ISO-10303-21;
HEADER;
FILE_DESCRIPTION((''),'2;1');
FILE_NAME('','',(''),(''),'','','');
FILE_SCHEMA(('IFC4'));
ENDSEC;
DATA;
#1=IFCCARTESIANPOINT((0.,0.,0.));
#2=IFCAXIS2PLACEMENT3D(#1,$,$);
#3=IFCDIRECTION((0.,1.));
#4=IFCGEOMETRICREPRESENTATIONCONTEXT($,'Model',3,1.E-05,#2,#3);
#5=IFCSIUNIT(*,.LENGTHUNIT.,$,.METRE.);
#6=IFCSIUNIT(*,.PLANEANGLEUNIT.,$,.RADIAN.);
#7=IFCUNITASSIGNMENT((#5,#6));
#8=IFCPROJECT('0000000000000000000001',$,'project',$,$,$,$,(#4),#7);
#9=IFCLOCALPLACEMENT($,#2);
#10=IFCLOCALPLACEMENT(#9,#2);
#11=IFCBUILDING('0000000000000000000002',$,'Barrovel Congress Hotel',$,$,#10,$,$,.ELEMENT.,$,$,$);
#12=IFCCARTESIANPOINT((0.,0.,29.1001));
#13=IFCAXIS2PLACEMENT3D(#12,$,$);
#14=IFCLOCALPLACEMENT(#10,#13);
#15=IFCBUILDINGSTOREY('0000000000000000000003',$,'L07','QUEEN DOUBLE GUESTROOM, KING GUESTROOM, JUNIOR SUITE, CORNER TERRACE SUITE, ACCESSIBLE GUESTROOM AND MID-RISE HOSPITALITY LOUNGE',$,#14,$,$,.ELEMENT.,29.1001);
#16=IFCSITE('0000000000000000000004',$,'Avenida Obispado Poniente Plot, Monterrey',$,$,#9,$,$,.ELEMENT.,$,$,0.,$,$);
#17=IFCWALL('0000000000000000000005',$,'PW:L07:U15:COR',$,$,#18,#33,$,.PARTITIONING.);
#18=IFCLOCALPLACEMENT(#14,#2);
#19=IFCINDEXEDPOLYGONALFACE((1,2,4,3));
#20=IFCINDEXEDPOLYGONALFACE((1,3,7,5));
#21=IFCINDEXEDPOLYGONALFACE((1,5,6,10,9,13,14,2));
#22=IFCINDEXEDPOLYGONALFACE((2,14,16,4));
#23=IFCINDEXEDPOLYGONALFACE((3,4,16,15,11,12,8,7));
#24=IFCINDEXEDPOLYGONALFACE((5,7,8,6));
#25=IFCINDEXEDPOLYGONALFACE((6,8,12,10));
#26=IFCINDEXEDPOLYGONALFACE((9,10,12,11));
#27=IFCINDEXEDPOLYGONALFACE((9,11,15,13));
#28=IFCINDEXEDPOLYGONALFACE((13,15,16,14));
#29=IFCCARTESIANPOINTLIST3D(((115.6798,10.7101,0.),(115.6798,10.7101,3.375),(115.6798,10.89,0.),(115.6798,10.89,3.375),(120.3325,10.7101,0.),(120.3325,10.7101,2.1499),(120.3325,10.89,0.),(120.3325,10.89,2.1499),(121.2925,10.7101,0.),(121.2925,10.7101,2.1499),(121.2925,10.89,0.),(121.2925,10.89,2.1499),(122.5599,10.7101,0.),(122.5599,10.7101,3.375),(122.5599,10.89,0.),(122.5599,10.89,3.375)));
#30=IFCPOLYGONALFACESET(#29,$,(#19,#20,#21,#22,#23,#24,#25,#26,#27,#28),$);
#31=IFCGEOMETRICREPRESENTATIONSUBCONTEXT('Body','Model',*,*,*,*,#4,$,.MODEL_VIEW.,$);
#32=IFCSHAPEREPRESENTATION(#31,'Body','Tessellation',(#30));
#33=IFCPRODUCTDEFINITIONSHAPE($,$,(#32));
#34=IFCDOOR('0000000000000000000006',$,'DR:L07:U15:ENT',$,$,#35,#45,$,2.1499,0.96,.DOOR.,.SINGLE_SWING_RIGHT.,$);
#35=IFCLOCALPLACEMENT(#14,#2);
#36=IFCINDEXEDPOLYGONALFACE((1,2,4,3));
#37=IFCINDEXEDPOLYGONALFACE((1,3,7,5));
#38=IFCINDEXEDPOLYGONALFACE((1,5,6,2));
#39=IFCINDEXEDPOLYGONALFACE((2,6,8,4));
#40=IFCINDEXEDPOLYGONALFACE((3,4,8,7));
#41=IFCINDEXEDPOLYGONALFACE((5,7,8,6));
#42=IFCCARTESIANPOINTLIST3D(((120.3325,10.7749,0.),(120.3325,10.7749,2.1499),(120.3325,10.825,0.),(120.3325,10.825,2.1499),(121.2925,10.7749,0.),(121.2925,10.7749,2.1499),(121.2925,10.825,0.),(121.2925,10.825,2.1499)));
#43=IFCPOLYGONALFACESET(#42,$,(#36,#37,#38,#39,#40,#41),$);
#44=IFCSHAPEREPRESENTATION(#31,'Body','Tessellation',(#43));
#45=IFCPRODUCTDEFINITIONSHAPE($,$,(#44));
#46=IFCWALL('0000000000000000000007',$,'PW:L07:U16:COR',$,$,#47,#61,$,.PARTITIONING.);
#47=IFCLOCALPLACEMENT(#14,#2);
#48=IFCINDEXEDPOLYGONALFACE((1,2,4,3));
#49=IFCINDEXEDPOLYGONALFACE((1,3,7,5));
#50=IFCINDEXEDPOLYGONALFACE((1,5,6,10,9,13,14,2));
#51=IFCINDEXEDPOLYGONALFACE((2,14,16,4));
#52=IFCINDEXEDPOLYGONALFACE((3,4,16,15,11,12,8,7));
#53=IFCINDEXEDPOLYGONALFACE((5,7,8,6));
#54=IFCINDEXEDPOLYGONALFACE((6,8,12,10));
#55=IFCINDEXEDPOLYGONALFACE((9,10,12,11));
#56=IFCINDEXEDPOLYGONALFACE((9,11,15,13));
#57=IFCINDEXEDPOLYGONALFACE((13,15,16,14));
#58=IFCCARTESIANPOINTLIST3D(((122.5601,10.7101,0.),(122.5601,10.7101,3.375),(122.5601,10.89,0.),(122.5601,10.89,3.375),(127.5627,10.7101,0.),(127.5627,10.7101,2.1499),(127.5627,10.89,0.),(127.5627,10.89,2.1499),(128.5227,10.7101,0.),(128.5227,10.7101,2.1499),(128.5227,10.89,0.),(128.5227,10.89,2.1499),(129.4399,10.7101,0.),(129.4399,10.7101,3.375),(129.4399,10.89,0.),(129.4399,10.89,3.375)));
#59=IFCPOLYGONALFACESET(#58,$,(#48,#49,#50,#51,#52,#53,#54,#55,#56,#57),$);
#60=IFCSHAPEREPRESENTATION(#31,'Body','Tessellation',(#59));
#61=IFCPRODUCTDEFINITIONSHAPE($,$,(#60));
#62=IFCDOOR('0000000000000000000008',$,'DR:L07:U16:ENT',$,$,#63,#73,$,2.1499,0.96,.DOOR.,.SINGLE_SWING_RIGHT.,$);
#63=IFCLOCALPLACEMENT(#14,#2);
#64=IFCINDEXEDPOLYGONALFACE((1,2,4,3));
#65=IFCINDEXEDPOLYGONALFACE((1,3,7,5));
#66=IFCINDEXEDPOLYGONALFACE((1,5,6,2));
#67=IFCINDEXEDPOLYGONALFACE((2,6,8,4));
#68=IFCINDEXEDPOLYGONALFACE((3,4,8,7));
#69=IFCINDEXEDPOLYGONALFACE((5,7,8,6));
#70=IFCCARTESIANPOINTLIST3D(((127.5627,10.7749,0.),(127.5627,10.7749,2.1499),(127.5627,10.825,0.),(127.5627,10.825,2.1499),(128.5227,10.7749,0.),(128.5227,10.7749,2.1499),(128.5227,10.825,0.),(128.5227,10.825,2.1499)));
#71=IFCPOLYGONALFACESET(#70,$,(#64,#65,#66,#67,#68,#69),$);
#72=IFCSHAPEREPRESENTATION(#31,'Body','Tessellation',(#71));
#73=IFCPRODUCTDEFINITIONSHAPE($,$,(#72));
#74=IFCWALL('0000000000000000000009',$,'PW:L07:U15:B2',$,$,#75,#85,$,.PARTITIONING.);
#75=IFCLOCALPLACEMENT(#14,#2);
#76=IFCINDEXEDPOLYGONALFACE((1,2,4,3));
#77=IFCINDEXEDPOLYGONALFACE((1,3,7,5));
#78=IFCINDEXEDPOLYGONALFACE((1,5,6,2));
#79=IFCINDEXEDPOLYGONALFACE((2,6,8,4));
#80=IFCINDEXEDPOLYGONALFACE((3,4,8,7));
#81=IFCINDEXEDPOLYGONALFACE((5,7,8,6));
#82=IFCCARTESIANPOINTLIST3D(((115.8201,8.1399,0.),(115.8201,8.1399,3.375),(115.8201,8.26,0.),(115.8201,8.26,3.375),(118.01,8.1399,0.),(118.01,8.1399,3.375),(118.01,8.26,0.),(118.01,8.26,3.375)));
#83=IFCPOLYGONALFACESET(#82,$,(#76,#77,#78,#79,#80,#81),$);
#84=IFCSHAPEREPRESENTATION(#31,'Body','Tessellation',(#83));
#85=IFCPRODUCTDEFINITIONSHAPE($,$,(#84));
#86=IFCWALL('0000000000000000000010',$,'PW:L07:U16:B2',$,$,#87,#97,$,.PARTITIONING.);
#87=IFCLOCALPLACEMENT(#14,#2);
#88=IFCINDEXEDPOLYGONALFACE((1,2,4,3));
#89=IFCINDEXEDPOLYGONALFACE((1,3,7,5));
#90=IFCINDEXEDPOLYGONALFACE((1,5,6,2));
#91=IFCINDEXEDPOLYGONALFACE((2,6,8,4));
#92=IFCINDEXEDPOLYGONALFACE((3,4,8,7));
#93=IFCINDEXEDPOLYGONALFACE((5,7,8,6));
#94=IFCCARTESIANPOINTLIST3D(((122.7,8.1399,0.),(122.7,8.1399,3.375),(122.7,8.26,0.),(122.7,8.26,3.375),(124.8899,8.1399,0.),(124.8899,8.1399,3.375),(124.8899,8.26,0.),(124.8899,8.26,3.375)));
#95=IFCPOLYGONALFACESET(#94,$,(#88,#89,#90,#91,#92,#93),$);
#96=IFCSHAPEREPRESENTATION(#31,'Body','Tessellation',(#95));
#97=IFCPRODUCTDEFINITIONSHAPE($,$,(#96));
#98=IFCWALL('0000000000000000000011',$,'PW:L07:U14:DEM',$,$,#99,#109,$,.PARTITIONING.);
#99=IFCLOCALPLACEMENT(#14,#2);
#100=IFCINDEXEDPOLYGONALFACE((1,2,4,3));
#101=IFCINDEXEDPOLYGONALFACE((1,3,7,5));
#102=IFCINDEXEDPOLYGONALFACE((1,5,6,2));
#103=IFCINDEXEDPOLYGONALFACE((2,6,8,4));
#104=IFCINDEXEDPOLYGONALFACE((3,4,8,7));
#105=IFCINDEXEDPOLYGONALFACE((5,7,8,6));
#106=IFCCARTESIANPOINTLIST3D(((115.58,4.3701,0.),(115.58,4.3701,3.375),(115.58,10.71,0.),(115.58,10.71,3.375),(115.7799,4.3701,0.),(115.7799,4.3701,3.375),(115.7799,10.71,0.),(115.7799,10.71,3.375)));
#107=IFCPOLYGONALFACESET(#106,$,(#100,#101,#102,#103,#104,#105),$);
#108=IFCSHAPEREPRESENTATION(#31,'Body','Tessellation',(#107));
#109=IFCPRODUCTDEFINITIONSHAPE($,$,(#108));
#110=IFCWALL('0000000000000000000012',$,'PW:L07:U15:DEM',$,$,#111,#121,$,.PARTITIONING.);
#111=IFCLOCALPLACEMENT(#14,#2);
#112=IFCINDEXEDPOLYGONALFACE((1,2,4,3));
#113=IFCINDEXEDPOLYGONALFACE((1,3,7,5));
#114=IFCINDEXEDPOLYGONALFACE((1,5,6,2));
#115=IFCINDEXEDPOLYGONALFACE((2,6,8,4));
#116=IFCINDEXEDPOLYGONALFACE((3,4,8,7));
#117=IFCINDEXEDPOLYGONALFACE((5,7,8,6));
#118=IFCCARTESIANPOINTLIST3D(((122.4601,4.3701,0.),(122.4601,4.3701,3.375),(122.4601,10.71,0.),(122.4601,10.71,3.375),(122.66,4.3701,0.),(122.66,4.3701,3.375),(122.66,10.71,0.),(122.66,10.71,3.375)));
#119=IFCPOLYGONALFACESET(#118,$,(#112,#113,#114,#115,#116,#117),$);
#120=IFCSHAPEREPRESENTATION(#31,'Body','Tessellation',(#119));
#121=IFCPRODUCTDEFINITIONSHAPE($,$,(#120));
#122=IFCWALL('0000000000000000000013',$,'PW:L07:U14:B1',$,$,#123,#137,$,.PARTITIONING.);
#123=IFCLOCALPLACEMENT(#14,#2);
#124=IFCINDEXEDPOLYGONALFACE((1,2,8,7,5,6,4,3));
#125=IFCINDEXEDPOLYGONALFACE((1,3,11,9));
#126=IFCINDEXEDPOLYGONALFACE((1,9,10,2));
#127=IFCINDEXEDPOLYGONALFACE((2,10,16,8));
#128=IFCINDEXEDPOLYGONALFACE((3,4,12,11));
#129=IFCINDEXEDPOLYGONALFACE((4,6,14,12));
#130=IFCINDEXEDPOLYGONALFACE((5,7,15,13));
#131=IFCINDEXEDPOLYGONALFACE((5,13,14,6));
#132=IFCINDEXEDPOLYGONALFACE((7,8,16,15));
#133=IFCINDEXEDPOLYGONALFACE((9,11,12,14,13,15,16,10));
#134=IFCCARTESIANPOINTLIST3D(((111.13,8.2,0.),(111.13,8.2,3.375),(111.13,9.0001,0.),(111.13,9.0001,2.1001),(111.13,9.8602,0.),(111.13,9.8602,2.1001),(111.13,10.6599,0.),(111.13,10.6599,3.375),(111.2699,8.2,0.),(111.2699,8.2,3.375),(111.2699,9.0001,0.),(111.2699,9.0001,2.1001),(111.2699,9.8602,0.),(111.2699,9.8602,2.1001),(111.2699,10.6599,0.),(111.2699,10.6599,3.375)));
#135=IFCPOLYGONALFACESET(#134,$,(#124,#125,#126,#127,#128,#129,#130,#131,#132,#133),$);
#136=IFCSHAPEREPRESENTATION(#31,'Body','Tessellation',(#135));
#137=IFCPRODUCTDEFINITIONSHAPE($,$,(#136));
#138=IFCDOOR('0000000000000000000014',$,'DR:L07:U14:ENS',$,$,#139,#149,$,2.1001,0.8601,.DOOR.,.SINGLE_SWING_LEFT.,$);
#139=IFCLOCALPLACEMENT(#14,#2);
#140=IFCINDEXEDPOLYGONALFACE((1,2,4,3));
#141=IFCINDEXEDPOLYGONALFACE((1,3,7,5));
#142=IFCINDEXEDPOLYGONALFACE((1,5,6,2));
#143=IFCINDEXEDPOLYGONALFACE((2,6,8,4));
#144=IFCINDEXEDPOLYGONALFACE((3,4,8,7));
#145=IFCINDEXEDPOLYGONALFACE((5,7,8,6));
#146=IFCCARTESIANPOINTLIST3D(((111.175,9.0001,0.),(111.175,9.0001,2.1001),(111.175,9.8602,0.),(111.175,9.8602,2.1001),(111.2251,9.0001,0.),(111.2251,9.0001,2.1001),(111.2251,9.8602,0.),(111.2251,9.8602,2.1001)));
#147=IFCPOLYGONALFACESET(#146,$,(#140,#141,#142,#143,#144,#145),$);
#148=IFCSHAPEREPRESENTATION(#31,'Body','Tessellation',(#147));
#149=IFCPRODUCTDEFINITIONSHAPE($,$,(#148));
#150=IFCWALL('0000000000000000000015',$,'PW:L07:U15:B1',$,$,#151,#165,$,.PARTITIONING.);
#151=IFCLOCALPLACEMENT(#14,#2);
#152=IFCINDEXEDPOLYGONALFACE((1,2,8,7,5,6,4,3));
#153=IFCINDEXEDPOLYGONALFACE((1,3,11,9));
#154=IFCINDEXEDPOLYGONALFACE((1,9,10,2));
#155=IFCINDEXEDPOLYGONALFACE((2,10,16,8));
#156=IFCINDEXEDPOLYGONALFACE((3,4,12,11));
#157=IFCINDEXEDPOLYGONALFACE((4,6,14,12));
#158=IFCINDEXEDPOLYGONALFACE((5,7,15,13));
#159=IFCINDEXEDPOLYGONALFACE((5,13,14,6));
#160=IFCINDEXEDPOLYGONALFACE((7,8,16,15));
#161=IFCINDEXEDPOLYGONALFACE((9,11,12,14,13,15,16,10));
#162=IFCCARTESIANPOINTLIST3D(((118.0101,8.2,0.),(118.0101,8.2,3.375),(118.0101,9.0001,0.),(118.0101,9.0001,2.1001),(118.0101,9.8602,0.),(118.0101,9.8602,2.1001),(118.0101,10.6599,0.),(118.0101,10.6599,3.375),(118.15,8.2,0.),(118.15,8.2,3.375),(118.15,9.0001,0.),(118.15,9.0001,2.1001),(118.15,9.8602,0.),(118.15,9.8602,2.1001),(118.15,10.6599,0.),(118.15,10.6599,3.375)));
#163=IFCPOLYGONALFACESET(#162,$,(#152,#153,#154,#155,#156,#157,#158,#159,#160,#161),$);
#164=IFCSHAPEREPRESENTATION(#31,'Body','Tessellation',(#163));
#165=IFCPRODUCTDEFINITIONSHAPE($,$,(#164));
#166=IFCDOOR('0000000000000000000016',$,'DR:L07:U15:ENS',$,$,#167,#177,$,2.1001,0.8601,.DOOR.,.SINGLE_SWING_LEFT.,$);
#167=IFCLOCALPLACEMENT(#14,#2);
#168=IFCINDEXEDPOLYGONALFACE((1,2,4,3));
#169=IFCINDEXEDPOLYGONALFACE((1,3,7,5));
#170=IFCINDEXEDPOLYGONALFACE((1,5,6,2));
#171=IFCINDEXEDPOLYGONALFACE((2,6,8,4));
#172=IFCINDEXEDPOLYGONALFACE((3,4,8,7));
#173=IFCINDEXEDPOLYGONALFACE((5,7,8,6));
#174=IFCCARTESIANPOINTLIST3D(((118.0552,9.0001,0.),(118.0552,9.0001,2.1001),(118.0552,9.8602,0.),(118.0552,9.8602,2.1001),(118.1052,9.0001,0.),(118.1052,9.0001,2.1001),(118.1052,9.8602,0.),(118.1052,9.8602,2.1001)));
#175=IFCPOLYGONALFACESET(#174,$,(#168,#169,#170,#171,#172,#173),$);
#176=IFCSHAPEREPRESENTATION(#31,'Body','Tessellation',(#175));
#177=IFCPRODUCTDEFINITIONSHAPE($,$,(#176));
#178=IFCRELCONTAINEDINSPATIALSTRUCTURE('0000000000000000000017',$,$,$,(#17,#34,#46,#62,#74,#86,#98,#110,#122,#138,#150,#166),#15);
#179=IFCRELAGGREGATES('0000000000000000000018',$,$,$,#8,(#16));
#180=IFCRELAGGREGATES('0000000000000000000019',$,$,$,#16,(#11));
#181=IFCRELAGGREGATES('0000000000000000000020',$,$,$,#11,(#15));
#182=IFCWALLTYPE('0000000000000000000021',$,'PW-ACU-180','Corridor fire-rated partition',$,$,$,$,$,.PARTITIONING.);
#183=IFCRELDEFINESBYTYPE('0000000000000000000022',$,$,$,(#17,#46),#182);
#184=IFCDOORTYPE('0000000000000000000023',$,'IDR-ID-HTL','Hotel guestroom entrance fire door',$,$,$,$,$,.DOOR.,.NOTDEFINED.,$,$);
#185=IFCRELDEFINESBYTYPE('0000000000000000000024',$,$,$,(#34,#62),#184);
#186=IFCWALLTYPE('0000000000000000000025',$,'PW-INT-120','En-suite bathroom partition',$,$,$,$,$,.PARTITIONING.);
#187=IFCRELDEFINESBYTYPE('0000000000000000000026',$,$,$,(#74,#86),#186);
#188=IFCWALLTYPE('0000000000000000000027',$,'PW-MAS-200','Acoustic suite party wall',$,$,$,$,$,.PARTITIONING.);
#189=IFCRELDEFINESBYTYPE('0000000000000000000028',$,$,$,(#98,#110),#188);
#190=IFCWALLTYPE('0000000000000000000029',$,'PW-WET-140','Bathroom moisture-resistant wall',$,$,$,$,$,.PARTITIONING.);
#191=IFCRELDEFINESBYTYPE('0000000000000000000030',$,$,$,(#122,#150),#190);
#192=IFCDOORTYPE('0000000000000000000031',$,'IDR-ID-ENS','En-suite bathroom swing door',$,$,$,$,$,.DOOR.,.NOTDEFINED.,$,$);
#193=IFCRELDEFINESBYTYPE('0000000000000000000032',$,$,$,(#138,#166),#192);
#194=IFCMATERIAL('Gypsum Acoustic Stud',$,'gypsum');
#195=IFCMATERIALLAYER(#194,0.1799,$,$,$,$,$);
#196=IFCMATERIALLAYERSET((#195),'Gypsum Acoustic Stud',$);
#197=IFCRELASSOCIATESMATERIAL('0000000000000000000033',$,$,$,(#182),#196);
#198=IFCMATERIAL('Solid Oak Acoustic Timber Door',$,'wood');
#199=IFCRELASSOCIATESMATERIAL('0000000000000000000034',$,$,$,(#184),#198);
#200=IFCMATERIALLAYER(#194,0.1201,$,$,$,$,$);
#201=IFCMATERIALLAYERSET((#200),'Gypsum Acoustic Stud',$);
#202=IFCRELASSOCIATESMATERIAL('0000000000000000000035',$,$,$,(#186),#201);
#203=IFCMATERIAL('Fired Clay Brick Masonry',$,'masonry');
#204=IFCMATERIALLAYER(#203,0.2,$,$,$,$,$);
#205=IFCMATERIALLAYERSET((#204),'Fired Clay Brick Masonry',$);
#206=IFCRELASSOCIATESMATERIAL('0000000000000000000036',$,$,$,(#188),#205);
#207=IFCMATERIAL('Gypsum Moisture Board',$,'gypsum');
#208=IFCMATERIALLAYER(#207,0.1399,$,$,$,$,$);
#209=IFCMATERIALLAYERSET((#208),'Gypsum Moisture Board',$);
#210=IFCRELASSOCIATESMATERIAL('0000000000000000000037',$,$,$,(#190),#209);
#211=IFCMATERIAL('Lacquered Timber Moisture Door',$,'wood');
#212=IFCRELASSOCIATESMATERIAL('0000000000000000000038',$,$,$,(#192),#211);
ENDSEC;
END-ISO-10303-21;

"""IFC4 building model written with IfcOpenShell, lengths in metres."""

from ifc_helpers import new_model, si_unit, direction, frame, frame_2d, origin, place, context, subcontext, project, spatial, rectangle, extrude, material, layer, layer_set, type_object, element, fill, save


model = new_model("IFC4")

# Units and contexts
model_context = context("Model", 3, precision=1e-05, world=origin(), true_north=direction((0.0, 1.0)))
body_context = subcontext(model_context, "Body", "Model", "MODEL_VIEW")
ifc_project = project(units=[si_unit("LENGTHUNIT", "METRE"), si_unit("PLANEANGLEUNIT", "RADIAN")], contexts=[model_context])

# Site, building, storey
site_placement = place(None, origin())
site = spatial("IfcSite", under=ifc_project, at=site_placement, Name="Avenida Obispado Poniente Plot, Monterrey", CompositionType="ELEMENT", RefElevation=0.0)
building_placement = place(site_placement, origin())
building = spatial("IfcBuilding", under=site, at=building_placement, Name="Barrovel Congress Hotel", CompositionType="ELEMENT")
storey_placement = place(building_placement, frame((0.0, 0.0, 29.1001)))
storey = spatial("IfcBuildingStorey", under=building, at=storey_placement, Name="L07", Description="QUEEN DOUBLE GUESTROOM, KING GUESTROOM, JUNIOR SUITE, CORNER TERRACE SUITE, ACCESSIBLE GUESTROOM AND MID-RISE HOSPITALITY LOUNGE", CompositionType="ELEMENT", Elevation=29.1001)

# Shared definitions
ifc_material_1 = material(Name="Fired Clay Brick Masonry", Category="masonry")

# Walls, openings, doors
ifc_material_2 = material(Name="Gypsum Acoustic Stud", Category="gypsum")
ifc_layer_1 = layer(ifc_material_2, 0.1799)
ifc_layer_set_1 = layer_set([ifc_layer_1], Name="Gypsum Acoustic Stud")
wall_type_1 = type_object("IfcWallType", Name="PW-ACU-180", Description="Corridor fire-rated partition", PredefinedType="PARTITIONING", material=ifc_layer_set_1)
wall_1_placement = place(storey_placement, frame((115.6799, 10.8, 0.0), z_axis=(0.0, 0.0, 1.0), x_axis=(1.0, 0.0, 0.0)))
wall_1 = element("IfcWall", 1, at=wall_1_placement, inside=storey, type_object=wall_type_1, Name="PW:L07:U15:COR", PredefinedType="PARTITIONING", context=body_context, shape_type="SweptSolid", body=[
    extrude(rectangle(XDim=6.8801, YDim=0.1799, at=frame_2d((3.4399, 0.0))), origin(), (0.0, 0.0, 1.0), 3.375),
])
opening_1_placement = place(wall_1_placement, frame((4.6526, 0.0, 0.0)))
opening_1 = element("IfcOpeningElement", 2, at=opening_1_placement, cuts=wall_1, PredefinedType="OPENING", context=body_context, shape_type="SweptSolid", body=[
    extrude(rectangle(XDim=0.96, YDim=2.1499, at=frame_2d((0.48, 1.075))), frame((0.0, 0.1001, 0.0), z_axis=(0.0, -1.0, 0.0), x_axis=(1.0, 0.0, 0.0)), (0.0, 0.0, 1.0), 0.2),
])
ifc_material_3 = material(Name="Solid Oak Acoustic Timber Door", Category="wood")
door_type_1 = type_object("IfcDoorType", Name="IDR-ID-HTL", Description="Hotel guestroom entrance fire door", OperationType="NOTDEFINED", PredefinedType="DOOR", material=ifc_material_3)
door_1_placement = place(opening_1_placement, origin())
door_1 = element("IfcDoor", 3, at=door_1_placement, inside=storey, type_object=door_type_1, Name="DR:L07:U15:ENT", OperationType="SINGLE_SWING_RIGHT", OverallHeight=2.1499, OverallWidth=0.96, PredefinedType="DOOR", context=body_context, shape_type="SweptSolid", body=[
    extrude(rectangle(XDim=0.96, YDim=2.1499, at=frame_2d((0.48, 1.075))), frame((0.0, 0.0249, 0.0), z_axis=(0.0, -1.0, 0.0), x_axis=(1.0, 0.0, 0.0)), (0.0, 0.0, 1.0), 0.05),
])
fill(opening_1, door_1)
wall_2_placement = place(storey_placement, frame((122.5601, 10.8, 0.0), z_axis=(0.0, 0.0, 1.0), x_axis=(1.0, 0.0, 0.0)))
wall_2 = element("IfcWall", 4, at=wall_2_placement, inside=storey, type_object=wall_type_1, Name="PW:L07:U16:COR", PredefinedType="PARTITIONING", context=body_context, shape_type="SweptSolid", body=[
    extrude(rectangle(XDim=6.8799, YDim=0.1799, at=frame_2d((3.4399, 0.0))), origin(), (0.0, 0.0, 1.0), 3.375),
])
opening_2_placement = place(wall_2_placement, frame((5.0027, 0.0, 0.0)))
opening_2 = element("IfcOpeningElement", 5, at=opening_2_placement, cuts=wall_2, PredefinedType="OPENING", context=body_context, shape_type="SweptSolid", body=[
    extrude(rectangle(XDim=0.96, YDim=2.1499, at=frame_2d((0.48, 1.075))), frame((0.0, 0.1001, 0.0), z_axis=(0.0, -1.0, 0.0), x_axis=(1.0, 0.0, 0.0)), (0.0, 0.0, 1.0), 0.2),
])
door_2_placement = place(opening_2_placement, origin())
door_2 = element("IfcDoor", 6, at=door_2_placement, inside=storey, type_object=door_type_1, Name="DR:L07:U16:ENT", OperationType="SINGLE_SWING_RIGHT", OverallHeight=2.1499, OverallWidth=0.96, PredefinedType="DOOR", context=body_context, shape_type="SweptSolid", body=[
    extrude(rectangle(XDim=0.96, YDim=2.1499, at=frame_2d((0.48, 1.075))), frame((0.0, 0.0249, 0.0), z_axis=(0.0, -1.0, 0.0), x_axis=(1.0, 0.0, 0.0)), (0.0, 0.0, 1.0), 0.05),
])
fill(opening_2, door_2)

# Walls
ifc_layer_2 = layer(ifc_material_2, 0.1201)
ifc_layer_set_2 = layer_set([ifc_layer_2], Name="Gypsum Acoustic Stud")
wall_type_2 = type_object("IfcWallType", Name="PW-INT-120", Description="En-suite bathroom partition", PredefinedType="PARTITIONING", material=ifc_layer_set_2)
for number, where, z_axis, x_axis, name in (
    (7, (115.8201, 8.2, 0.0), (0.0, 0.0, 1.0), (1.0, 0.0, 0.0), "PW:L07:U15:B2"),
    (8, (122.7, 8.2, 0.0), (0.0, 0.0, 1.0), (1.0, 0.0, 0.0), "PW:L07:U16:B2"),
):
    element("IfcWall", number, at=place(storey_placement, frame(where, z_axis=z_axis, x_axis=x_axis)), inside=storey, type_object=wall_type_2, Name=name, PredefinedType="PARTITIONING", context=body_context, shape_type="SweptSolid", body=[
        extrude(rectangle(XDim=2.1899, YDim=0.1201, at=frame_2d((1.095, 0.0))), origin(), (0.0, 0.0, 1.0), 3.375),
    ])
ifc_layer_3 = layer(ifc_material_1, 0.2)
ifc_layer_set_3 = layer_set([ifc_layer_3], Name="Fired Clay Brick Masonry")
wall_type_3 = type_object("IfcWallType", Name="PW-MAS-200", Description="Acoustic suite party wall", PredefinedType="PARTITIONING", material=ifc_layer_set_3)
for number, where, z_axis, x_axis, name in (
    (9, (115.6799, 4.3701, 0.0), (0.0, 0.0, 1.0), (0.0, 1.0, 0.0), "PW:L07:U14:DEM"),
    (10, (122.5601, 4.3701, 0.0), (0.0, 0.0, 1.0), (0.0, 1.0, 0.0), "PW:L07:U15:DEM"),
):
    element("IfcWall", number, at=place(storey_placement, frame(where, z_axis=z_axis, x_axis=x_axis)), inside=storey, type_object=wall_type_3, Name=name, PredefinedType="PARTITIONING", context=body_context, shape_type="SweptSolid", body=[
        extrude(rectangle(XDim=6.3398, YDim=0.2, at=frame_2d((3.1699, 0.0))), origin(), (0.0, 0.0, 1.0), 3.375),
    ])

# Walls, openings, doors
ifc_material_4 = material(Name="Gypsum Moisture Board", Category="gypsum")
ifc_layer_4 = layer(ifc_material_4, 0.1399)
ifc_layer_set_4 = layer_set([ifc_layer_4], Name="Gypsum Moisture Board")
wall_type_4 = type_object("IfcWallType", Name="PW-WET-140", Description="Bathroom moisture-resistant wall", PredefinedType="PARTITIONING", material=ifc_layer_set_4)
wall_3_placement = place(storey_placement, frame((111.2, 8.2, 0.0), z_axis=(0.0, 0.0, 1.0), x_axis=(0.0, 1.0, 0.0)))
wall_3 = element("IfcWall", 11, at=wall_3_placement, inside=storey, type_object=wall_type_4, Name="PW:L07:U14:B1", PredefinedType="PARTITIONING", context=body_context, shape_type="SweptSolid", body=[
    extrude(rectangle(XDim=2.46, YDim=0.1399, at=frame_2d((1.23, 0.0))), origin(), (0.0, 0.0, 1.0), 3.375),
])
opening_3_placement = place(wall_3_placement, frame((0.8, 0.0, 0.0)))
opening_3 = element("IfcOpeningElement", 12, at=opening_3_placement, cuts=wall_3, PredefinedType="OPENING", context=body_context, shape_type="SweptSolid", body=[
    extrude(rectangle(XDim=0.8601, YDim=2.1001, at=frame_2d((0.4302, 1.05))), frame((0.0, 0.0801, 0.0), z_axis=(0.0, -1.0, 0.0), x_axis=(1.0, 0.0, 0.0)), (0.0, 0.0, 1.0), 0.1599),
])
ifc_material_5 = material(Name="Lacquered Timber Moisture Door", Category="wood")
door_type_2 = type_object("IfcDoorType", Name="IDR-ID-ENS", Description="En-suite bathroom swing door", OperationType="NOTDEFINED", PredefinedType="DOOR", material=ifc_material_5)
door_3_placement = place(opening_3_placement, origin())
door_3 = element("IfcDoor", 13, at=door_3_placement, inside=storey, type_object=door_type_2, Name="DR:L07:U14:ENS", OperationType="SINGLE_SWING_LEFT", OverallHeight=2.1001, OverallWidth=0.8601, PredefinedType="DOOR", context=body_context, shape_type="SweptSolid", body=[
    extrude(rectangle(XDim=0.8601, YDim=2.1001, at=frame_2d((0.4302, 1.05))), frame((0.0, 0.0249, 0.0), z_axis=(0.0, -1.0, 0.0), x_axis=(1.0, 0.0, 0.0)), (0.0, 0.0, 1.0), 0.05),
])
fill(opening_3, door_3)
wall_4_placement = place(storey_placement, frame((118.0801, 8.2, 0.0), z_axis=(0.0, 0.0, 1.0), x_axis=(0.0, 1.0, 0.0)))
wall_4 = element("IfcWall", 14, at=wall_4_placement, inside=storey, type_object=wall_type_4, Name="PW:L07:U15:B1", PredefinedType="PARTITIONING", context=body_context, shape_type="SweptSolid", body=[
    extrude(rectangle(XDim=2.46, YDim=0.1399, at=frame_2d((1.23, 0.0))), origin(), (0.0, 0.0, 1.0), 3.375),
])
opening_4_placement = place(wall_4_placement, frame((0.8, 0.0, 0.0)))
opening_4 = element("IfcOpeningElement", 15, at=opening_4_placement, cuts=wall_4, PredefinedType="OPENING", context=body_context, shape_type="SweptSolid", body=[
    extrude(rectangle(XDim=0.8601, YDim=2.1001, at=frame_2d((0.4302, 1.05))), frame((0.0, 0.0801, 0.0), z_axis=(0.0, -1.0, 0.0), x_axis=(1.0, 0.0, 0.0)), (0.0, 0.0, 1.0), 0.1599),
])
door_4_placement = place(opening_4_placement, origin())
door_4 = element("IfcDoor", 16, at=door_4_placement, inside=storey, type_object=door_type_2, Name="DR:L07:U15:ENS", OperationType="SINGLE_SWING_LEFT", OverallHeight=2.1001, OverallWidth=0.8601, PredefinedType="DOOR", context=body_context, shape_type="SweptSolid", body=[
    extrude(rectangle(XDim=0.8601, YDim=2.1001, at=frame_2d((0.4302, 1.05))), frame((0.0, 0.0249, 0.0), z_axis=(0.0, -1.0, 0.0), x_axis=(1.0, 0.0, 0.0)), (0.0, 0.0, 1.0), 0.05),
])
fill(opening_4, door_4)

save(model, "model.ifc")
